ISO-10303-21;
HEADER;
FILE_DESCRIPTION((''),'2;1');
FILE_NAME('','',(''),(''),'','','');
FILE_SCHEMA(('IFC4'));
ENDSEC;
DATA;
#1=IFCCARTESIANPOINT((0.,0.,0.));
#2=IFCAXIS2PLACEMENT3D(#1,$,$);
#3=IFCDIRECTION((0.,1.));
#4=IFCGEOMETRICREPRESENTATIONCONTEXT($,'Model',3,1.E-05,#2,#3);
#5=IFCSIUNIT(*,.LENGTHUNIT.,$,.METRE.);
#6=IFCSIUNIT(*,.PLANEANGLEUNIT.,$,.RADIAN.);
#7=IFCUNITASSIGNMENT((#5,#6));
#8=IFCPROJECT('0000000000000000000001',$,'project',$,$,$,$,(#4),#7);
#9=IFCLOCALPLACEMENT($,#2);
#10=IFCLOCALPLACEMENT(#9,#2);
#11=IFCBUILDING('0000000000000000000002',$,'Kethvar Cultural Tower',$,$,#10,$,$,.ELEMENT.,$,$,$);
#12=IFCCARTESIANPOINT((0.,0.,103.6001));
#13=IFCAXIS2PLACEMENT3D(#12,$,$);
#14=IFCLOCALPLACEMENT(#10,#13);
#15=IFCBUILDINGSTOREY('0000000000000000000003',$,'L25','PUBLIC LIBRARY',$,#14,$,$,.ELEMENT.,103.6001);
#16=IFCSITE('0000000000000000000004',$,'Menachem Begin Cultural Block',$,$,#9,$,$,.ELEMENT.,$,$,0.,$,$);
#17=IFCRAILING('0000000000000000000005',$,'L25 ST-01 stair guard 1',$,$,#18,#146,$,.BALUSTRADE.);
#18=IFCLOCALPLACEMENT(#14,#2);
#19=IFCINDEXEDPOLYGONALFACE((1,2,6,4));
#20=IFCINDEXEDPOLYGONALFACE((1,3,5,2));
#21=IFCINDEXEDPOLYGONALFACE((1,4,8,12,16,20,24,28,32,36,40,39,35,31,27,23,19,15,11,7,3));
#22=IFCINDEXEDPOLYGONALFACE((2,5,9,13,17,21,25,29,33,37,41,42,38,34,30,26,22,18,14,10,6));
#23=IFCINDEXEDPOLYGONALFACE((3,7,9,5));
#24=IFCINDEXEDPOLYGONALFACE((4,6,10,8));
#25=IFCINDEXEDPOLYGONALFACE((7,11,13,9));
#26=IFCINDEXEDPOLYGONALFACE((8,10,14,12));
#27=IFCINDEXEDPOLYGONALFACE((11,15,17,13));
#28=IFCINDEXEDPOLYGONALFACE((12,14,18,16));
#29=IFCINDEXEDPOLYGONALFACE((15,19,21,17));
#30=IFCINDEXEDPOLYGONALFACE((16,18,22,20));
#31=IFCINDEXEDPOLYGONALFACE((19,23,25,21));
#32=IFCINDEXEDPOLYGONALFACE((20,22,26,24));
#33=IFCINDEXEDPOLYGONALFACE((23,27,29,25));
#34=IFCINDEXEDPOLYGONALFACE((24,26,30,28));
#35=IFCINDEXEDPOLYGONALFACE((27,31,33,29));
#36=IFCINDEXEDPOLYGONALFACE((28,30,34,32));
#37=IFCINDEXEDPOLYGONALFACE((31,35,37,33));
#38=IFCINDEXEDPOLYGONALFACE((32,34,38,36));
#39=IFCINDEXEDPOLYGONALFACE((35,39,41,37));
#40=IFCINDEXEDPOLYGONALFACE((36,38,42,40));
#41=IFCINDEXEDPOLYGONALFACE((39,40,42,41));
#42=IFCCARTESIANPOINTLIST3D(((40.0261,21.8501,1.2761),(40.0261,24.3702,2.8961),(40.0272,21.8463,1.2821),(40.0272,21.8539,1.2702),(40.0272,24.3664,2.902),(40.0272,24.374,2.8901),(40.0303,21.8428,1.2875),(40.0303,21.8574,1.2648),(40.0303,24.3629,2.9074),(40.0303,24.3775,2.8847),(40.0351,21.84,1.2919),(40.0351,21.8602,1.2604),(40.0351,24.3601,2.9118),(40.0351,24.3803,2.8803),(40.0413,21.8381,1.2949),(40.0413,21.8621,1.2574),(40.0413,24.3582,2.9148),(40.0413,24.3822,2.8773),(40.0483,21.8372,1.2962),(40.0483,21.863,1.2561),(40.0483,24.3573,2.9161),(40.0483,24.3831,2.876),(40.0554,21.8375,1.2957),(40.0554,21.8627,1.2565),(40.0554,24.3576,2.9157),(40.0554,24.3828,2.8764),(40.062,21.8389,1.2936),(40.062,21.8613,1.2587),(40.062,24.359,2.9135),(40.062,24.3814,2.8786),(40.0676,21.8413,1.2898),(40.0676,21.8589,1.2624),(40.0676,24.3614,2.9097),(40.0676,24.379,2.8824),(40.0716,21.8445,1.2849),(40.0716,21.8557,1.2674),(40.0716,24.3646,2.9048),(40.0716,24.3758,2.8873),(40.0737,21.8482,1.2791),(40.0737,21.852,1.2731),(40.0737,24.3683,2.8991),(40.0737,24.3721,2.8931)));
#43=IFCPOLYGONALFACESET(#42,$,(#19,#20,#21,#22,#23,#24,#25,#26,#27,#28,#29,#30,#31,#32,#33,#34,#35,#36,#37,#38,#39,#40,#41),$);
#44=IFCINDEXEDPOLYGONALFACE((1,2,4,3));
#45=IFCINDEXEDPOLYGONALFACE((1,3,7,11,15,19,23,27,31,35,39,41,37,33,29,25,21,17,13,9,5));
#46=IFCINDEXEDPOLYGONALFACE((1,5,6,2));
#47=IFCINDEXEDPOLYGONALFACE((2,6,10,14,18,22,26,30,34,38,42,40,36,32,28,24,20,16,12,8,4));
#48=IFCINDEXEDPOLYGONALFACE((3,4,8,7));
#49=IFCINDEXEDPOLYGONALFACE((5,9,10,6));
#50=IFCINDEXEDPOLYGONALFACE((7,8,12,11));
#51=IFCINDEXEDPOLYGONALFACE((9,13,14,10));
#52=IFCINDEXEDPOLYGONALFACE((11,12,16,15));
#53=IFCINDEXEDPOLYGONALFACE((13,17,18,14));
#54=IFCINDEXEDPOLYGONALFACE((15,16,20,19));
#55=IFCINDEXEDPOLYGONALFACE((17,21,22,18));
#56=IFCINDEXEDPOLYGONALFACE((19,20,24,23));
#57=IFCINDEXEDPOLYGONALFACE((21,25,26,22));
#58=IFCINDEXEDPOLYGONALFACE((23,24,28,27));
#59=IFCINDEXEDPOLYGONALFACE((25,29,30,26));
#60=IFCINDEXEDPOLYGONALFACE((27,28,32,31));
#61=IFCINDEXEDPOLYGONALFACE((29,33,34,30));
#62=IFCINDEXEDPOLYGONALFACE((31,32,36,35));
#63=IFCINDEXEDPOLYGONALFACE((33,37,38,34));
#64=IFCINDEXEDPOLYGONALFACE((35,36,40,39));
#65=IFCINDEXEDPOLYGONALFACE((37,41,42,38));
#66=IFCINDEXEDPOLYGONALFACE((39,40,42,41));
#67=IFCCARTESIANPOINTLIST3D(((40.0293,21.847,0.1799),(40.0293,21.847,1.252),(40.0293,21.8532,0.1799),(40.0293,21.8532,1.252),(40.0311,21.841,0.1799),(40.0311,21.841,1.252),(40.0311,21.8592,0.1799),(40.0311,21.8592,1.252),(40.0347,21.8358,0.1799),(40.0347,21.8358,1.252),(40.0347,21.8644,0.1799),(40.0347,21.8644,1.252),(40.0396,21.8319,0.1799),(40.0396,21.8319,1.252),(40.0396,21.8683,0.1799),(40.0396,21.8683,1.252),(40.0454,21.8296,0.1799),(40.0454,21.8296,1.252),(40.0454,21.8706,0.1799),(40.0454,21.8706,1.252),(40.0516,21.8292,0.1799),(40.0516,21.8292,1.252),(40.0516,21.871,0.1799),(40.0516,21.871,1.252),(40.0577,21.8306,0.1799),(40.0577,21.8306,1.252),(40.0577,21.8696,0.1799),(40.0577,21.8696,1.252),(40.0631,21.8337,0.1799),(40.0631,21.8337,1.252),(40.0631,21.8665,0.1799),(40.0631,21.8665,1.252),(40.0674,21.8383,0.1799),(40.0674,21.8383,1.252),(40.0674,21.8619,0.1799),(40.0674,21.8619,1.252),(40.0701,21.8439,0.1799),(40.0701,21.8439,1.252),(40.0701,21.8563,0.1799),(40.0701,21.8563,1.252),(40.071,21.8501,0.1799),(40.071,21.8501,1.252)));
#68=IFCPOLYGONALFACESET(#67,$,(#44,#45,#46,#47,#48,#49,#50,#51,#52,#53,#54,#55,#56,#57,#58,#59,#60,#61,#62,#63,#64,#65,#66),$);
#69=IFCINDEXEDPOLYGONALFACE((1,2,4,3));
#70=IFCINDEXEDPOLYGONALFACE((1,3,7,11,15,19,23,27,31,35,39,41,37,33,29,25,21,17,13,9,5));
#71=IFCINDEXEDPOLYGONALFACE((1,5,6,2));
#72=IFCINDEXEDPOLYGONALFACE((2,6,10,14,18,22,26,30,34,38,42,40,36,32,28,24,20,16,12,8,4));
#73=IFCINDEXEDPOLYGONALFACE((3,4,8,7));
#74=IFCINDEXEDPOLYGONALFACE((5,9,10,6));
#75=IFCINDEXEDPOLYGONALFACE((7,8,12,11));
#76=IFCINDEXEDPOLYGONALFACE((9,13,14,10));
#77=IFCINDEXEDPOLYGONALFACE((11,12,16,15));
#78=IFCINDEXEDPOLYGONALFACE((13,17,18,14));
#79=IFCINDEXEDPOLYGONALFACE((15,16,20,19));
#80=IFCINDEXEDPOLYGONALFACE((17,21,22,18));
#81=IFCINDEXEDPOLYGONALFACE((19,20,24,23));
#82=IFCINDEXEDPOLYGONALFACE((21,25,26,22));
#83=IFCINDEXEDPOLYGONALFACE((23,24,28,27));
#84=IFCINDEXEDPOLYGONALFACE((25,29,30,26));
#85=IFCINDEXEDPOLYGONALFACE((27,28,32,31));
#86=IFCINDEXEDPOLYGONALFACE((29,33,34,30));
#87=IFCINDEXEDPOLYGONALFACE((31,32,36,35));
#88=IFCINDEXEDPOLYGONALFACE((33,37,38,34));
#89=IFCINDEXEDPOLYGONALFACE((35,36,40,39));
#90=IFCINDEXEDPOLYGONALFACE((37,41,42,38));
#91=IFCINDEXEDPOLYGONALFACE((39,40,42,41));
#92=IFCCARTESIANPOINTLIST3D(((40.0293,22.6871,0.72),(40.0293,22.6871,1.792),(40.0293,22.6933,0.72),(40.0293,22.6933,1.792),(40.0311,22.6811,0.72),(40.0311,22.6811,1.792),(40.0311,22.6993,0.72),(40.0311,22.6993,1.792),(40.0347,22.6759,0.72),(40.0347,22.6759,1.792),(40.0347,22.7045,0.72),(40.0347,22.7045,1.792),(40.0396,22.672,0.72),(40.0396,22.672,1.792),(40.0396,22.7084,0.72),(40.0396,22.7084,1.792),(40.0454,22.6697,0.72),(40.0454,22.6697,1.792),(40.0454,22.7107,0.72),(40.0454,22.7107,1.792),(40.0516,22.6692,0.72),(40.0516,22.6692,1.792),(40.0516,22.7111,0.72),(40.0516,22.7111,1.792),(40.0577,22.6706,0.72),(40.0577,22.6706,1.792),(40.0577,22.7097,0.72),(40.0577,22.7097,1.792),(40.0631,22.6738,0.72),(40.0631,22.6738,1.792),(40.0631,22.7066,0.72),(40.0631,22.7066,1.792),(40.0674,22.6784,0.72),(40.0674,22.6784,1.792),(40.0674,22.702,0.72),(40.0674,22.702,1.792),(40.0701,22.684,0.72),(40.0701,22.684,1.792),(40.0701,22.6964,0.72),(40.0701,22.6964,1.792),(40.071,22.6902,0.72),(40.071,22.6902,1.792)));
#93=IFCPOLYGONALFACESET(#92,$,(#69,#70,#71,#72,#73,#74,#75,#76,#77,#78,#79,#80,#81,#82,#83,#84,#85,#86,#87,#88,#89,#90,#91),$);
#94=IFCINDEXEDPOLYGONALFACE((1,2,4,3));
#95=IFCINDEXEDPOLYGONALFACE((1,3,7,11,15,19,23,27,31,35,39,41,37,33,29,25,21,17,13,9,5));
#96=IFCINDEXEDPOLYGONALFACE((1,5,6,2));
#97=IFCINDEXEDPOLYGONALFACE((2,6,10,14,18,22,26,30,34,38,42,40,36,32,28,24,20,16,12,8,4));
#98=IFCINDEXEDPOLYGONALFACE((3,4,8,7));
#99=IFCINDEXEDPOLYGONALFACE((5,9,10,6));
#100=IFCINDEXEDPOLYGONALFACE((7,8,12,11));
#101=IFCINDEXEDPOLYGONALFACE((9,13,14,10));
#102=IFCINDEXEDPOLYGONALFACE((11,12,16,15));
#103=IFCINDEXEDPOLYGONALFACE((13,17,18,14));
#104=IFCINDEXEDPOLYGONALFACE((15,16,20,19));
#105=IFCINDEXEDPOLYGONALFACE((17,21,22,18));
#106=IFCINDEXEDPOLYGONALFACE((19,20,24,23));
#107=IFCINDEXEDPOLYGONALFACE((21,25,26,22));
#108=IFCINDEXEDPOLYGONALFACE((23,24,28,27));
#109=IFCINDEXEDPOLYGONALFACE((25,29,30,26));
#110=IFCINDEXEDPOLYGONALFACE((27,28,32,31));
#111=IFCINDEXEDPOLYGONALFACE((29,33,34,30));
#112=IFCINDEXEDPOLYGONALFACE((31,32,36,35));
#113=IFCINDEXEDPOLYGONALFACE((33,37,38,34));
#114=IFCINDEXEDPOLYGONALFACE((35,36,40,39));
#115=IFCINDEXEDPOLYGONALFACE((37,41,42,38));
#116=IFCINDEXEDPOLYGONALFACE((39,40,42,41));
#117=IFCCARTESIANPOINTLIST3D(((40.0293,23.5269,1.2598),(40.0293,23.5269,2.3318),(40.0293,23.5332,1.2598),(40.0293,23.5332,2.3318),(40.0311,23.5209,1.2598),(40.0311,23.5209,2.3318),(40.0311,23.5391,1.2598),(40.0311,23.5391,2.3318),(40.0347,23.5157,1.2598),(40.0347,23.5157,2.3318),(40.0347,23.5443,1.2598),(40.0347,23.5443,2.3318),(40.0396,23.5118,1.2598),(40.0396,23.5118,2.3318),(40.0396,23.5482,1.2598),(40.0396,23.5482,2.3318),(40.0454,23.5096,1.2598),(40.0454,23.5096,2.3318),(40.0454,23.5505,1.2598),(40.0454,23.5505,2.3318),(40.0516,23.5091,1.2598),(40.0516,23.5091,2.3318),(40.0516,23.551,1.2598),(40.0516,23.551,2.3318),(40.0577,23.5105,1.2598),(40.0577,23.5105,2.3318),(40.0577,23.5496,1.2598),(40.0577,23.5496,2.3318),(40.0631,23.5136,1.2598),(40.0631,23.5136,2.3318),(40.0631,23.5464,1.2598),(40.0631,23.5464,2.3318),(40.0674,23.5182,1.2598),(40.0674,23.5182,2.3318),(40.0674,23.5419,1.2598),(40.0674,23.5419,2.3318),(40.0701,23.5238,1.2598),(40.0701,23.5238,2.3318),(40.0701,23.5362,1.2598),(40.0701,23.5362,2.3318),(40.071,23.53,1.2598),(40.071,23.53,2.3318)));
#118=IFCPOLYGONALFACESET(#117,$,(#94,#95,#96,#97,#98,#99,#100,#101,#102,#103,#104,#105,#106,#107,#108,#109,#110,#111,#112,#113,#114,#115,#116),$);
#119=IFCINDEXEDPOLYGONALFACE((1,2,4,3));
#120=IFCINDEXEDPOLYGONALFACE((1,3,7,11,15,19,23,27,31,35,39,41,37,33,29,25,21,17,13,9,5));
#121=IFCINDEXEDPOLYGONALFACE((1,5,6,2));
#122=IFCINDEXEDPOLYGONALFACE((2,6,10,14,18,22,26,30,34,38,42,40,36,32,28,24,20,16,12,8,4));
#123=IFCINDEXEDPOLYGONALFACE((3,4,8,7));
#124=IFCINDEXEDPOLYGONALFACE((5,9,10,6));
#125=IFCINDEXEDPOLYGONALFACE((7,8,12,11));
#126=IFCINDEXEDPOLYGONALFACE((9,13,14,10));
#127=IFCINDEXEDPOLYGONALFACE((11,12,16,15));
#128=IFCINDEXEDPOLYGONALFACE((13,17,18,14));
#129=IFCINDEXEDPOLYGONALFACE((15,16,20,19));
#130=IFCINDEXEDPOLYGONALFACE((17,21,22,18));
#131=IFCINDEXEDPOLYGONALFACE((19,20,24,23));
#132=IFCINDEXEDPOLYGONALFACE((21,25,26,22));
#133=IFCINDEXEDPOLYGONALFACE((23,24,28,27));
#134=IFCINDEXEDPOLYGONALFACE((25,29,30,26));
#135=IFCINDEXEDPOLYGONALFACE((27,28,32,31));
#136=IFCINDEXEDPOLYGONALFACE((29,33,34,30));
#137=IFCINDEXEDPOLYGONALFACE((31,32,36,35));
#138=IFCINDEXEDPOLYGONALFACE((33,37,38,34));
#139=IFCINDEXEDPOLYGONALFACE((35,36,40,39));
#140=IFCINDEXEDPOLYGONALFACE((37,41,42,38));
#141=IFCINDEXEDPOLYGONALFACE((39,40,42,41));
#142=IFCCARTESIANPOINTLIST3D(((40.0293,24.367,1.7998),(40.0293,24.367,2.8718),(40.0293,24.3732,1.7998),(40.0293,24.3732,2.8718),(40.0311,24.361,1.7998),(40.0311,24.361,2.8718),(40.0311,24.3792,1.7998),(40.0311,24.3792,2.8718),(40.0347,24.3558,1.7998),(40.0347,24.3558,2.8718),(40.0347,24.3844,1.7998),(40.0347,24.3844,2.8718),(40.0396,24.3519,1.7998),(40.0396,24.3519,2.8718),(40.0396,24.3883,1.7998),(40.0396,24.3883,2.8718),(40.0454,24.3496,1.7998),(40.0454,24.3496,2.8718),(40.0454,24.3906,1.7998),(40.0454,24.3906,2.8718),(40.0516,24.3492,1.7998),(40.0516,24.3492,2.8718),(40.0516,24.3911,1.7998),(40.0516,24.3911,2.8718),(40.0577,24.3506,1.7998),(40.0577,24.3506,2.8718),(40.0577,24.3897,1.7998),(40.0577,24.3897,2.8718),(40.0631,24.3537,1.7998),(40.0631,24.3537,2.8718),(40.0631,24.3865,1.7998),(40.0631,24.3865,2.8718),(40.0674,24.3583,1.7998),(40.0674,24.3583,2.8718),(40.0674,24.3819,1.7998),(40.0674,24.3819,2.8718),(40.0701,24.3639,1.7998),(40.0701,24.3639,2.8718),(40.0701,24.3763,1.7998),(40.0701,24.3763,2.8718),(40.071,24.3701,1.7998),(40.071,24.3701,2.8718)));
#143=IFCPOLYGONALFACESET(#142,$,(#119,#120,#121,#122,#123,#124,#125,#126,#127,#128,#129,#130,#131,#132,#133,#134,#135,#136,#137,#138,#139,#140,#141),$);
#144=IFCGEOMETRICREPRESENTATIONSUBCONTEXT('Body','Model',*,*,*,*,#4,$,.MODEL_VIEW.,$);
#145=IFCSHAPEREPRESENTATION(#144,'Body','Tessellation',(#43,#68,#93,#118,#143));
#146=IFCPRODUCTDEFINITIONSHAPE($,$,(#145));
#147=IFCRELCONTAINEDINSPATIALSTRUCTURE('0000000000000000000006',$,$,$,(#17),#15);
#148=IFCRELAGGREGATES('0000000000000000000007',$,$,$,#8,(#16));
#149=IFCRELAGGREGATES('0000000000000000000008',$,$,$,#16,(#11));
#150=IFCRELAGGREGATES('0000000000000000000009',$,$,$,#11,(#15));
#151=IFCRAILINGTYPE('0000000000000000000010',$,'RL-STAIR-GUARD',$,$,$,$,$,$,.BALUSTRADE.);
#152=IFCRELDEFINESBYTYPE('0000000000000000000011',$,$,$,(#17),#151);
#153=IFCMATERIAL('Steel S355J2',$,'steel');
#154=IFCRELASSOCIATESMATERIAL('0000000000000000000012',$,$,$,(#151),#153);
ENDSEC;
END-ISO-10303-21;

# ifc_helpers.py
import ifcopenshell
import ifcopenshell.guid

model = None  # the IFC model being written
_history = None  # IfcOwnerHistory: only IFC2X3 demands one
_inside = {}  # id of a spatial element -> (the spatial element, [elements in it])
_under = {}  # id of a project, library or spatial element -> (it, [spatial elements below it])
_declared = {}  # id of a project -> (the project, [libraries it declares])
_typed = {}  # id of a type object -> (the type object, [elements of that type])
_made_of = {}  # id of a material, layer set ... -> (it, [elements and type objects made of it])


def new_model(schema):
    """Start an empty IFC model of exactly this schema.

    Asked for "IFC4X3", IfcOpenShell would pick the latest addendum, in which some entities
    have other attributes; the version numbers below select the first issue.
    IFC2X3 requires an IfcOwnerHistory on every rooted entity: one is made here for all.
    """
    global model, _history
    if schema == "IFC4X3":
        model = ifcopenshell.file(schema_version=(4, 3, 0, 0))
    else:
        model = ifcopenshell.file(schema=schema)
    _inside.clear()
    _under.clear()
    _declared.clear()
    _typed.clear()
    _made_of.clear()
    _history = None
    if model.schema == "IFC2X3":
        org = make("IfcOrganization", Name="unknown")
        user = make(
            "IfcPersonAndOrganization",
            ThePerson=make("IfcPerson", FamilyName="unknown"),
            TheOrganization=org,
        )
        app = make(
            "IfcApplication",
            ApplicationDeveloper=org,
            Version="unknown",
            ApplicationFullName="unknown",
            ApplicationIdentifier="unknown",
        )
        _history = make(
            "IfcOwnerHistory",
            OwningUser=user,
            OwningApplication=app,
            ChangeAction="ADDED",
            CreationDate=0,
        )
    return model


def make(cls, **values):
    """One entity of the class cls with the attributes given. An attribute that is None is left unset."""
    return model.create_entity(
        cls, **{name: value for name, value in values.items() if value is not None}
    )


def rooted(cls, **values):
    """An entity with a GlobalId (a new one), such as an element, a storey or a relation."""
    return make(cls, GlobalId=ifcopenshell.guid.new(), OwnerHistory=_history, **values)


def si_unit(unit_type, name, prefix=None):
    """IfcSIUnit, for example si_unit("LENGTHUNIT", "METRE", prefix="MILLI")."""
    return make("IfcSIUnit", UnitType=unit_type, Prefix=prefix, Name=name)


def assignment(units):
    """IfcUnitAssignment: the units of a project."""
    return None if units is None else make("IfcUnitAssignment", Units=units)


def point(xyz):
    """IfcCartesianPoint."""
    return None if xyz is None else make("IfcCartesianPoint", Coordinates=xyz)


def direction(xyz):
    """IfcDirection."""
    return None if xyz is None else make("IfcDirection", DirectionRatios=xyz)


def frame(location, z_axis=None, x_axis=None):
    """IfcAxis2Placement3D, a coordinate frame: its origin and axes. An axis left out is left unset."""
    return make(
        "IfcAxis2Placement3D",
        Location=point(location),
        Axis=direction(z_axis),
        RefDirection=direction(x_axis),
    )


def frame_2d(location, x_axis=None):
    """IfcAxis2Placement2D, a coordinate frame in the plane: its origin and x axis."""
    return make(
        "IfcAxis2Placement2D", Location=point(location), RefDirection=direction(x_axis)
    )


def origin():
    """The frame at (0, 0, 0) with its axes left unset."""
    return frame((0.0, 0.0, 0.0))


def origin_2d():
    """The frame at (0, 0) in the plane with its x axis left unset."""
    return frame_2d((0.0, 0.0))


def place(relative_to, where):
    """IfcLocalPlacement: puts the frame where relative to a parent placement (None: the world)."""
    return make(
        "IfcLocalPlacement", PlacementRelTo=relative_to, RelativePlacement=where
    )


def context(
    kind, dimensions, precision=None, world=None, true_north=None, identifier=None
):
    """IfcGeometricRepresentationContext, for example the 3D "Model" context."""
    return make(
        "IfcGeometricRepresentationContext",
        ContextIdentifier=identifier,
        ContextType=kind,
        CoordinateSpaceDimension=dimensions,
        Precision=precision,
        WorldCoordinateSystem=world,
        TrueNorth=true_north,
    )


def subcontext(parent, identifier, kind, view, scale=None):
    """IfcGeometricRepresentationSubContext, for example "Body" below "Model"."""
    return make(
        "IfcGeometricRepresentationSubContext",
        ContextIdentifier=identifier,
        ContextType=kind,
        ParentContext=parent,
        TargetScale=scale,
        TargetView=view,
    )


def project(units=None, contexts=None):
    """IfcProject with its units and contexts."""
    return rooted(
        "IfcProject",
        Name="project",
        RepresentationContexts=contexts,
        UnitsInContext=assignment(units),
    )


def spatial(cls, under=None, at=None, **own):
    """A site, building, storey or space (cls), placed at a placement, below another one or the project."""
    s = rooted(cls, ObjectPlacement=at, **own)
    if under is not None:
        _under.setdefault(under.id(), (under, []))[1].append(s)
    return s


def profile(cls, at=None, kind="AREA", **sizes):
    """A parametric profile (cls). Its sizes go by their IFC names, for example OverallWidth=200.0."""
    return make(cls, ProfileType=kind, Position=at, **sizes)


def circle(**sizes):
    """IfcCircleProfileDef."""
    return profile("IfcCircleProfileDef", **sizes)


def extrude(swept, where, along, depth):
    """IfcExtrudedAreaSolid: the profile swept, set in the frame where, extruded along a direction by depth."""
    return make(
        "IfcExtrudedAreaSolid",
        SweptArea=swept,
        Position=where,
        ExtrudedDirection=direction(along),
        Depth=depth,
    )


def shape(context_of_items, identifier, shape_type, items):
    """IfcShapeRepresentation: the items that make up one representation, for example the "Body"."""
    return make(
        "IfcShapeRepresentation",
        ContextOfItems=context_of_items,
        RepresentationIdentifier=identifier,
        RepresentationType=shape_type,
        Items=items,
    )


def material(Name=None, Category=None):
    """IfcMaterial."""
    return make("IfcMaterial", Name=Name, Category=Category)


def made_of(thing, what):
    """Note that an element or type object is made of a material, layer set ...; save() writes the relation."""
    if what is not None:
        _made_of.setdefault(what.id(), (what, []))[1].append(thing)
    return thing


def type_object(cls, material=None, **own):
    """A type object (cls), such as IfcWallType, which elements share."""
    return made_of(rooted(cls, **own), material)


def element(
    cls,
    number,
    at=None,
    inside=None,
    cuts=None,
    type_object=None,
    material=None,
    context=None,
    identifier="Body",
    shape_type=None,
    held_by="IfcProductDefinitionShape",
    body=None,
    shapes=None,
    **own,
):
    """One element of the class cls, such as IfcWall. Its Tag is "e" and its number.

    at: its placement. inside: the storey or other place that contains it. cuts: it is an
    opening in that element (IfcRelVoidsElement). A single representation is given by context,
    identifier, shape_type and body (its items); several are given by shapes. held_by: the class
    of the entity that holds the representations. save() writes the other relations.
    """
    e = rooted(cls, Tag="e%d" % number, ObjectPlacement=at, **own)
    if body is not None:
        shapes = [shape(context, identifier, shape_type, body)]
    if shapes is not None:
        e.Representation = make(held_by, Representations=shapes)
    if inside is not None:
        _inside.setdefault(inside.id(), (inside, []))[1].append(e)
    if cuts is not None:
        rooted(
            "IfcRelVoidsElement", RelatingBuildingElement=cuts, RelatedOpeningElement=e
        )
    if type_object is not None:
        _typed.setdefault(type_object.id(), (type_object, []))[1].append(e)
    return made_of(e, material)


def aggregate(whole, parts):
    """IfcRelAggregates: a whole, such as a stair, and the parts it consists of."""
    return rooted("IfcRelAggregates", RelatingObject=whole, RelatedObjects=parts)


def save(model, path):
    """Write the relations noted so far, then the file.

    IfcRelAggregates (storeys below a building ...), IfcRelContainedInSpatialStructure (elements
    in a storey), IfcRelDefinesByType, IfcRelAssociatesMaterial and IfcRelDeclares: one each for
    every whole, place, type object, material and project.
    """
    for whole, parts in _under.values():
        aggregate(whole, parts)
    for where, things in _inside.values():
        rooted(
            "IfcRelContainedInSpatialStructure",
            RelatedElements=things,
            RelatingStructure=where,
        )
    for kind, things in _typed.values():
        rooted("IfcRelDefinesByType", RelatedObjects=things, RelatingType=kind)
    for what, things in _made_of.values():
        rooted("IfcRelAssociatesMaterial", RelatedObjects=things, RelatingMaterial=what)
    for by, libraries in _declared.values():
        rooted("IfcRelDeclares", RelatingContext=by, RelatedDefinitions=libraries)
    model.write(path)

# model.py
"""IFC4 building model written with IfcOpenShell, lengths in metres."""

from ifc_helpers import new_model, si_unit, direction, frame, origin, origin_2d, place, context, subcontext, project, spatial, circle, extrude, material, type_object, element, save


model = new_model("IFC4")

# Units and contexts
model_context = context("Model", 3, precision=1e-05, world=origin(), true_north=direction((0.0, 1.0)))
body_context = subcontext(model_context, "Body", "Model", "MODEL_VIEW")
ifc_project = project(units=[si_unit("LENGTHUNIT", "METRE"), si_unit("PLANEANGLEUNIT", "RADIAN")], contexts=[model_context])

# Site, building, storey
site_placement = place(None, origin())
site = spatial("IfcSite", under=ifc_project, at=site_placement, Name="Menachem Begin Cultural Block", CompositionType="ELEMENT", RefElevation=0.0)
building_placement = place(site_placement, origin())
building = spatial("IfcBuilding", under=site, at=building_placement, Name="Kethvar Cultural Tower", CompositionType="ELEMENT")
storey_placement = place(building_placement, frame((0.0, 0.0, 103.6001)))
storey = spatial("IfcBuildingStorey", under=building, at=storey_placement, Name="L25", Description="PUBLIC LIBRARY", CompositionType="ELEMENT", Elevation=103.6001)

# Shared definitions
ifc_material_1 = material(Name="Steel S355J2", Category="steel")

# Railing
railing_type_1 = type_object("IfcRailingType", Name="RL-STAIR-GUARD", PredefinedType="BALUSTRADE", material=ifc_material_1)
railing_1_placement = place(storey_placement, frame((40.05, 21.8501, 0.1799)))
element("IfcRailing", 1, at=railing_1_placement, inside=storey, type_object=railing_type_1, Name="L25 ST-01 stair guard 1", PredefinedType="BALUSTRADE", context=body_context, shape_type="SweptSolid", body=[
    extrude(circle(Radius=0.0239, at=origin_2d()), frame((0.0, 0.0, 1.0962), z_axis=(0.0, 0.8412, 0.540725), x_axis=(-1.0, 0.0, 0.0)), (0.0, 0.0, 1.0), 2.9958),
    extrude(circle(Radius=0.021, at=origin_2d()), origin(), (0.0, 0.0, 1.0), 1.072),
    extrude(circle(Radius=0.021, at=origin_2d()), frame((0.0, 0.8401, 0.54)), (0.0, 0.0, 1.0), 1.072),
    extrude(circle(Radius=0.021, at=origin_2d()), frame((0.0, 1.6799, 1.0798)), (0.0, 0.0, 1.0), 1.072),
    extrude(circle(Radius=0.021, at=origin_2d()), frame((0.0, 2.52, 1.6199)), (0.0, 0.0, 1.0), 1.072),
])

save(model, "model.ifc")
